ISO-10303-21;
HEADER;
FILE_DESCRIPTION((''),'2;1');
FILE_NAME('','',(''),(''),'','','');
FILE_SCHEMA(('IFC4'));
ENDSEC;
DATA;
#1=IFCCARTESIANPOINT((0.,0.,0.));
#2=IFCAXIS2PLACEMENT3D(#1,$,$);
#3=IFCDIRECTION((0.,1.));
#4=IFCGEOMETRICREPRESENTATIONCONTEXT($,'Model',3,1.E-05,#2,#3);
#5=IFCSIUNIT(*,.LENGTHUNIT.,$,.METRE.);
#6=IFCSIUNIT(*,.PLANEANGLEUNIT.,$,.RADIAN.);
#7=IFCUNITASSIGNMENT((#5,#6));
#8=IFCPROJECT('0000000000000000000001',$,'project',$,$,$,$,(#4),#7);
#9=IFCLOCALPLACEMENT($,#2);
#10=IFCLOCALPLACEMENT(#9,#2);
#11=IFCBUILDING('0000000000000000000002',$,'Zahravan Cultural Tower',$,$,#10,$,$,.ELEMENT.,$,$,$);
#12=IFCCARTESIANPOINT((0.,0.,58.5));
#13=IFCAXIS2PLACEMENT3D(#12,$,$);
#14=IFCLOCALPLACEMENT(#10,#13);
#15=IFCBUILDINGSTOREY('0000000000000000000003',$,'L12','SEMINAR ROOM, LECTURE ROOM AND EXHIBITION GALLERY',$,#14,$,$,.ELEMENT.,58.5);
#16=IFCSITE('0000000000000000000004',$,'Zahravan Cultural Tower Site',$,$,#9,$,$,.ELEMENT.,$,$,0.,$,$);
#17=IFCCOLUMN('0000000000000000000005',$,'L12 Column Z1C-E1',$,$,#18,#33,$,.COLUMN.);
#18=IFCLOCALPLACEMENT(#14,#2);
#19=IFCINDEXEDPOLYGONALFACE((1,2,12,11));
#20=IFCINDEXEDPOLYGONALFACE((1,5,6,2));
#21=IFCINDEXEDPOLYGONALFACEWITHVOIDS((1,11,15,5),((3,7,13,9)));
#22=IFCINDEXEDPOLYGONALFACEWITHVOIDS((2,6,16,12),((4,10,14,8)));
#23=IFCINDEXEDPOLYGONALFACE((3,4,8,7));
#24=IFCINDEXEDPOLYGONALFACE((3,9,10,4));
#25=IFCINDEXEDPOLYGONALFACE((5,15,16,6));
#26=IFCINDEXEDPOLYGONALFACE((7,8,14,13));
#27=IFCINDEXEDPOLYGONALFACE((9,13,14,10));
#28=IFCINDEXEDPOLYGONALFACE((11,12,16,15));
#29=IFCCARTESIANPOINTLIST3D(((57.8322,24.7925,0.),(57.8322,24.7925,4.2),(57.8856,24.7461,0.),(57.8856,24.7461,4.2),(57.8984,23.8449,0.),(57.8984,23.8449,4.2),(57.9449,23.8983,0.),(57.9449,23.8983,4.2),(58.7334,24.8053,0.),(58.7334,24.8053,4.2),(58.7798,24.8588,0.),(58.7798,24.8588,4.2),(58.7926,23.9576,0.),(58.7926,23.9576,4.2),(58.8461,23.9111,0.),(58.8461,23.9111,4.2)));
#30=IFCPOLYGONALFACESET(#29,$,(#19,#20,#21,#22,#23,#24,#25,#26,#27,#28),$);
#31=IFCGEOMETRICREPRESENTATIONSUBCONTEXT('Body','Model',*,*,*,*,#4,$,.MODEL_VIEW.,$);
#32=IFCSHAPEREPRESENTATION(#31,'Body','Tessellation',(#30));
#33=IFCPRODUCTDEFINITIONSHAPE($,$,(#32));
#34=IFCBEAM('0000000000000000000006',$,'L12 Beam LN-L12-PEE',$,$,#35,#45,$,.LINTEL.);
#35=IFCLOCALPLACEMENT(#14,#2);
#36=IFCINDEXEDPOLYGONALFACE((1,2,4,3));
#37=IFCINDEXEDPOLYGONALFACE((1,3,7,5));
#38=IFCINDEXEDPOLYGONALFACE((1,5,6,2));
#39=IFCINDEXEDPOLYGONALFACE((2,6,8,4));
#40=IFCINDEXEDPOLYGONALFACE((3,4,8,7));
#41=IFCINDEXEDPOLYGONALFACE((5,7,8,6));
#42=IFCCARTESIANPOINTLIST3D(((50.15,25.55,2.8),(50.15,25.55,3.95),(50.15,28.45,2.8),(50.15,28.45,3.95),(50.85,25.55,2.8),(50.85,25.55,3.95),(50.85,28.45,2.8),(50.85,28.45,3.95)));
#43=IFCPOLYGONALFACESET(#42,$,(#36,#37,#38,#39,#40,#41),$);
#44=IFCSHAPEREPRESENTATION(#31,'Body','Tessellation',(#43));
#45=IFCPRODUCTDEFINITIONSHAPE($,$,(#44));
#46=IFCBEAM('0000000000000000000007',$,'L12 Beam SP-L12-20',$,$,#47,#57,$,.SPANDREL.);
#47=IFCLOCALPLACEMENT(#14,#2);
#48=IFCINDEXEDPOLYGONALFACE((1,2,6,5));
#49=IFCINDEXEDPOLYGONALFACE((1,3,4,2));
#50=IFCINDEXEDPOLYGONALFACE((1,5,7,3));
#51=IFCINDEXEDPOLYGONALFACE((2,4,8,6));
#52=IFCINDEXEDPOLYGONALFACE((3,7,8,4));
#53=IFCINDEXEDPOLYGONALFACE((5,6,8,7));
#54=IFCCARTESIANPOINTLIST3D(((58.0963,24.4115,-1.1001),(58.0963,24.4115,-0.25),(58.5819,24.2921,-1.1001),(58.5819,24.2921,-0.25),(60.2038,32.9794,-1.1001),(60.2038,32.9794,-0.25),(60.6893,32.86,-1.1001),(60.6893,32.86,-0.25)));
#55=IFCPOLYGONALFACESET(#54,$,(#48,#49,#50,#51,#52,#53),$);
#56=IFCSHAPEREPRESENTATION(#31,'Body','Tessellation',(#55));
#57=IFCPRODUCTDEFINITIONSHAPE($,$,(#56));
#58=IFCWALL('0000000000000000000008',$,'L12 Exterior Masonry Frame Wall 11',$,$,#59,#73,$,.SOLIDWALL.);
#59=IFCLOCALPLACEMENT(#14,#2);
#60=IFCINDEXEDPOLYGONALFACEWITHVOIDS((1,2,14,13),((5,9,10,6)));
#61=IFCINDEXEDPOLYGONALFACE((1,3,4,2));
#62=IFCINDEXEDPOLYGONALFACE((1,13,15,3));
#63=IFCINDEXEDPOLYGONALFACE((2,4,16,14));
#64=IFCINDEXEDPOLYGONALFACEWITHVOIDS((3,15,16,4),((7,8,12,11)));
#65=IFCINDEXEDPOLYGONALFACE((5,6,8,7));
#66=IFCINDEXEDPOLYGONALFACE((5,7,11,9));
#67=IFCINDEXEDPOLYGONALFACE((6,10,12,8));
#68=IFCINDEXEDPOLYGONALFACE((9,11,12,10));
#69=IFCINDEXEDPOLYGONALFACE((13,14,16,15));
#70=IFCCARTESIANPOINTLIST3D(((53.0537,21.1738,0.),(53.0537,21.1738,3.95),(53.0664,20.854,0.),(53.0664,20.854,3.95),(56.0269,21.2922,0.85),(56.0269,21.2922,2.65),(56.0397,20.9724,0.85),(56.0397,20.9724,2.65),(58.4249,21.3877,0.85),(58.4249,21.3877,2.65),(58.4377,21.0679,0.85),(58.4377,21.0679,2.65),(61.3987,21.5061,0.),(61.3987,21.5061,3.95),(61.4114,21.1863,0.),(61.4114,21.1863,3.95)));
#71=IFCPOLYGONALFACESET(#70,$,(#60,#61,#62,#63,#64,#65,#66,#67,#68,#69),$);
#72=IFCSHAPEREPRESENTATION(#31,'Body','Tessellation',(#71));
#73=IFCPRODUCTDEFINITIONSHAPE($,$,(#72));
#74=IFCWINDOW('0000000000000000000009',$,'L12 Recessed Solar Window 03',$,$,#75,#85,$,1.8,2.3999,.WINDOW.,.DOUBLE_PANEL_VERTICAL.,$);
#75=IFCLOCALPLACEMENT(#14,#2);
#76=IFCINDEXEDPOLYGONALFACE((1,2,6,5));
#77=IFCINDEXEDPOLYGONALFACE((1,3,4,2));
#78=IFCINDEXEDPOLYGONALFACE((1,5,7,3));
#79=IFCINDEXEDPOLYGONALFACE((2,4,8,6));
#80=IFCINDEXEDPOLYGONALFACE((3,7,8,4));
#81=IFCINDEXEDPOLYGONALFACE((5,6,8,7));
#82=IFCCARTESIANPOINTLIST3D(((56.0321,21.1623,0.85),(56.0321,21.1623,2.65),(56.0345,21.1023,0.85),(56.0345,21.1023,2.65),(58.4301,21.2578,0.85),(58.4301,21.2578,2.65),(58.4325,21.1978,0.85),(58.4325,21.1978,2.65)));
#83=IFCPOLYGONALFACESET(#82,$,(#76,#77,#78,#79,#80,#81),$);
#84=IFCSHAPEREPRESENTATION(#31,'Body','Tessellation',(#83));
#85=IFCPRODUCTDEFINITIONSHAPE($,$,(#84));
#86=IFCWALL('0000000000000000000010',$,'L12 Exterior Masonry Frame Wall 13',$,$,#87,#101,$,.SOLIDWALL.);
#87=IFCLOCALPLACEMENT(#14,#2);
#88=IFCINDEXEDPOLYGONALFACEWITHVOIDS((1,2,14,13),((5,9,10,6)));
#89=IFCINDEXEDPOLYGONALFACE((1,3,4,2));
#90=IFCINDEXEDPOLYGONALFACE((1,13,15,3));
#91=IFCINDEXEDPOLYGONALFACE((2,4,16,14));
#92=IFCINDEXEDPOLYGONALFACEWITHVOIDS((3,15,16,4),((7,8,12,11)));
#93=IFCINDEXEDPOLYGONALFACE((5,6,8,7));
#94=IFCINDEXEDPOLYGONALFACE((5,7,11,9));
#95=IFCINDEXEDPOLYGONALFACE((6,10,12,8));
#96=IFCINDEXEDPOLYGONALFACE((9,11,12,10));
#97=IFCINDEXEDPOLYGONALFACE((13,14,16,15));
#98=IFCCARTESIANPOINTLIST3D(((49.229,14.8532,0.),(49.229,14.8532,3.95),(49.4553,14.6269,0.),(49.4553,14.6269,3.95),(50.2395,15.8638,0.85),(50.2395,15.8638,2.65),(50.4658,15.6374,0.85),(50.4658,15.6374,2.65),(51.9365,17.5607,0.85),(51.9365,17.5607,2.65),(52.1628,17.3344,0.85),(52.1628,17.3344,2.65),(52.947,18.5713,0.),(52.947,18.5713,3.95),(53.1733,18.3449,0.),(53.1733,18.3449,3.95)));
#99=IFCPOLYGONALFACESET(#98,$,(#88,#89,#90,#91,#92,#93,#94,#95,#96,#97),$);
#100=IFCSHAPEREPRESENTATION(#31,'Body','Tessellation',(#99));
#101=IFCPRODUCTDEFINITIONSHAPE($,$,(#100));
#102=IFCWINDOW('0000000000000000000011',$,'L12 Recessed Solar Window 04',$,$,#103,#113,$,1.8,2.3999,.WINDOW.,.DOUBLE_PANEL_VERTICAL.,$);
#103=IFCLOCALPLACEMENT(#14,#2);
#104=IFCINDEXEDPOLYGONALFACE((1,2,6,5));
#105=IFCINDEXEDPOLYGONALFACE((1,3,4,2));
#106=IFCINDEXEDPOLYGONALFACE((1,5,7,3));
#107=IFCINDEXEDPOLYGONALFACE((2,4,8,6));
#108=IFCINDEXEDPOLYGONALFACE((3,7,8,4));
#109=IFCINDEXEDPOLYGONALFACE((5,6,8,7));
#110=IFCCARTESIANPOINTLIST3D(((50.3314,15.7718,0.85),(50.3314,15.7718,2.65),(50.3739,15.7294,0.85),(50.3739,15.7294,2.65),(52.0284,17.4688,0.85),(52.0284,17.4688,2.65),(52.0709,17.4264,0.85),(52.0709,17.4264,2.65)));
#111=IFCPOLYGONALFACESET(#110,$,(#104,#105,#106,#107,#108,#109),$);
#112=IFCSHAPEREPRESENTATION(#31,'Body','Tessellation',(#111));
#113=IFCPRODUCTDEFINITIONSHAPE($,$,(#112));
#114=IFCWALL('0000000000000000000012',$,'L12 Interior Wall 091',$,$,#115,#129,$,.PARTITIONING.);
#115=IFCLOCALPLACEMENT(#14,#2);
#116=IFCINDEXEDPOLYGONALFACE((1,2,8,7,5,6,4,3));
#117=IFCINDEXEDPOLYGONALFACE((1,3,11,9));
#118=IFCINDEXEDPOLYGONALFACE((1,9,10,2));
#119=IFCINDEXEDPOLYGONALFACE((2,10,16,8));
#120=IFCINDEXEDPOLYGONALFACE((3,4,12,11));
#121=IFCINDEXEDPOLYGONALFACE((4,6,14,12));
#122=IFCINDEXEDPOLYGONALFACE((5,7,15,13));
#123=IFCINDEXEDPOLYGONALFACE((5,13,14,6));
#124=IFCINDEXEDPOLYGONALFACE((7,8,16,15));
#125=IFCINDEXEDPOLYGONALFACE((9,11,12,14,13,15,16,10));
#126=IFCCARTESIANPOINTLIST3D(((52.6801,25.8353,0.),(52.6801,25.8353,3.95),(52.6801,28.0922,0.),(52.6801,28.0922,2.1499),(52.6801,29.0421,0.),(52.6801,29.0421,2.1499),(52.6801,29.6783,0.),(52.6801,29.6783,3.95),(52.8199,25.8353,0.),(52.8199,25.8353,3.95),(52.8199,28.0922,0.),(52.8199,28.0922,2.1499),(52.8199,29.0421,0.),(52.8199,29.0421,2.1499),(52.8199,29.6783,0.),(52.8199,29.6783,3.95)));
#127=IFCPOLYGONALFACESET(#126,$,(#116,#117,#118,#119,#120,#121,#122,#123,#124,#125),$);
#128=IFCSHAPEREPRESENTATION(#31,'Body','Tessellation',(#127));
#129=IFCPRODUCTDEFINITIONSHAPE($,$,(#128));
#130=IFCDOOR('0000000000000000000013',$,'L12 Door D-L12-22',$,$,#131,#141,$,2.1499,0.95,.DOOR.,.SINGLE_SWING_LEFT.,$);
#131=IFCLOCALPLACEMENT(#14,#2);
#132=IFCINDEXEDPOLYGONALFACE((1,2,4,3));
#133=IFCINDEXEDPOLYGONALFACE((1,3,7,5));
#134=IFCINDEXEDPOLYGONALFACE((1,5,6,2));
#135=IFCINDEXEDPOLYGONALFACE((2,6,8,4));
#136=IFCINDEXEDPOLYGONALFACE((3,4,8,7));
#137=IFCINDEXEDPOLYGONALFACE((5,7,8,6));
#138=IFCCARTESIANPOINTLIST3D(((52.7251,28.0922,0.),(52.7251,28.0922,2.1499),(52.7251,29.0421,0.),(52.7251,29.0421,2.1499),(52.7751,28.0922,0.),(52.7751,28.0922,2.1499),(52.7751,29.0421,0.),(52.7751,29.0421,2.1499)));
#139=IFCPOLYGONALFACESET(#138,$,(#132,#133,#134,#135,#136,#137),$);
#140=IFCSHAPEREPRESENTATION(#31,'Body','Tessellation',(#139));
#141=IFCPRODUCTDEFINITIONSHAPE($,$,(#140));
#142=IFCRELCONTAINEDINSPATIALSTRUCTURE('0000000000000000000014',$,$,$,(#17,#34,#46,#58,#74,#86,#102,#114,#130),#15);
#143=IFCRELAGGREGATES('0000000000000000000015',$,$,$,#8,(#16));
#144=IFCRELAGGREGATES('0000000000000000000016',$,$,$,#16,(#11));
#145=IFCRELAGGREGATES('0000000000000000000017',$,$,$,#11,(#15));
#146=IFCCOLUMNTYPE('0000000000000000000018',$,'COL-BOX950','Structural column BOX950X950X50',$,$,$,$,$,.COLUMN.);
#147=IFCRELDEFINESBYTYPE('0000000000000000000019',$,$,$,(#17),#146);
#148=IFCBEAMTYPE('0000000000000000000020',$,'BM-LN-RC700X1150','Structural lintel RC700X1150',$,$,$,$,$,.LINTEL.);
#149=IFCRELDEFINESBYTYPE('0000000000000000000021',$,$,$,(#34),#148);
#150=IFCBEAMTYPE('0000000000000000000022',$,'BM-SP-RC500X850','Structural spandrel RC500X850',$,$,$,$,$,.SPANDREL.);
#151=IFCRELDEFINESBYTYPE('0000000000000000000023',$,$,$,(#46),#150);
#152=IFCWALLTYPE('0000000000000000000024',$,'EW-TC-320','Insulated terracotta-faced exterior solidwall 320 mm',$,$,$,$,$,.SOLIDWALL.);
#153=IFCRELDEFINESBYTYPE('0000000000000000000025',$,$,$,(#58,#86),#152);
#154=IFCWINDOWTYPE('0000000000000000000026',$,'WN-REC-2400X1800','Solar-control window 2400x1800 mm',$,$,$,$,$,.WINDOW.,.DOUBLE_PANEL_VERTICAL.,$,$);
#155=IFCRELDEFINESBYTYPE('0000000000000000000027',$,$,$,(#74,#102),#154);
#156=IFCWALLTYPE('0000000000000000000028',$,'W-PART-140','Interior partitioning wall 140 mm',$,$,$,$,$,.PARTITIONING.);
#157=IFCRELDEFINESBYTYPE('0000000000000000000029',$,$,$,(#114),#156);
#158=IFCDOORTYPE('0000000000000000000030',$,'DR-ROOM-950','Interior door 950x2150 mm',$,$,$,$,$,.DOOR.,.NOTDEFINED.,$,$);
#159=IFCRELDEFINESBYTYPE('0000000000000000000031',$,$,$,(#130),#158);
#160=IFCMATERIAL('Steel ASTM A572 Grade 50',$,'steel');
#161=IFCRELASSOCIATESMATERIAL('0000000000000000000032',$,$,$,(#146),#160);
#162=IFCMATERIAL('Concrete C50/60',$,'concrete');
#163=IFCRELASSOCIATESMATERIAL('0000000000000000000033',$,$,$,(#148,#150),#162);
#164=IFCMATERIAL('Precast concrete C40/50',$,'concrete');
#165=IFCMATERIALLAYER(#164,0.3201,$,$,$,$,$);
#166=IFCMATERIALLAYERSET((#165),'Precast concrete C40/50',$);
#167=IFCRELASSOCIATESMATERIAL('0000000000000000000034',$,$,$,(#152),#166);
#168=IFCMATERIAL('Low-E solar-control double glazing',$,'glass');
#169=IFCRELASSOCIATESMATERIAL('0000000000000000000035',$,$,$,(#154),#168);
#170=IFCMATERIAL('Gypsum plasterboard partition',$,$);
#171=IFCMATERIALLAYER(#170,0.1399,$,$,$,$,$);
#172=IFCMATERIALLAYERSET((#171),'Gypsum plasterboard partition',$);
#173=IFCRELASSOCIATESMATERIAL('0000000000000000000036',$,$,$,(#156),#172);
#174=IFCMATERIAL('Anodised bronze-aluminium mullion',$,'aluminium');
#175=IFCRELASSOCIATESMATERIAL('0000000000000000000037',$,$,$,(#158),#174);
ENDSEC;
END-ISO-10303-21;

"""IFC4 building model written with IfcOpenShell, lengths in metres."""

from ifc_helpers import new_model, si_unit, direction, frame, frame_2d, origin, origin_2d, place, context, subcontext, project, spatial, rectangle, hollow_rectangle, extrude, source, transform, mapped, material, layer, layer_set, material_profile, profile_set, type_object, element, fill, save


model = new_model("IFC4")

# Units and contexts
model_context = context("Model", 3, precision=1e-05, world=origin(), true_north=direction((0.0, 1.0)))
body_context = subcontext(model_context, "Body", "Model", "MODEL_VIEW")
ifc_project = project(units=[si_unit("LENGTHUNIT", "METRE"), si_unit("PLANEANGLEUNIT", "RADIAN")], contexts=[model_context])

# Site, building, storey
site_placement = place(None, origin())
site = spatial("IfcSite", under=ifc_project, at=site_placement, Name="Zahravan Cultural Tower Site", CompositionType="ELEMENT", RefElevation=0.0)
building_placement = place(site_placement, origin())
building = spatial("IfcBuilding", under=site, at=building_placement, Name="Zahravan Cultural Tower", CompositionType="ELEMENT")
storey_placement = place(building_placement, frame((0.0, 0.0, 58.5)))
storey = spatial("IfcBuildingStorey", under=building, at=storey_placement, Name="L12", Description="SEMINAR ROOM, LECTURE ROOM AND EXHIBITION GALLERY", CompositionType="ELEMENT", Elevation=58.5)

# Column
ifc_material_1 = material(Name="Steel ASTM A572 Grade 50", Category="steel")
ifc_material_profile_1 = material_profile(ifc_material_1, hollow_rectangle(XDim=0.95, YDim=0.95, WallThickness=0.05, at=origin_2d()), Name="BOX950X950X50")
ifc_profile_set_1 = profile_set([ifc_material_profile_1], Name="Steel ASTM A572 Grade 50")
column_type = type_object("IfcColumnType", Name="COL-BOX950", Description="Structural column BOX950X950X50", PredefinedType="COLUMN", material=ifc_profile_set_1)
shared_shape_1 = source(origin(), body_context, "Body", "SweptSolid", [
    extrude(hollow_rectangle(XDim=0.95, YDim=0.95, WallThickness=0.05, at=origin_2d()), origin(), (0.0, 0.0, 1.0), 4.2),
])
column_placement = place(storey_placement, frame((58.3391, 24.3518, 0.0), z_axis=(0.0, 0.0, 1.0), x_axis=(0.997564, 0.069756, 0.0)))
element("IfcColumn", 1, at=column_placement, inside=storey, type_object=column_type, Name="L12 Column Z1C-E1", PredefinedType="COLUMN", context=body_context, shape_type="MappedRepresentation", body=[
    mapped(shared_shape_1, transform((0.0, 0.0, 0.0), x_axis=(1.0, 0.0, 0.0), y_axis=(0.0, 1.0, 0.0), z_axis=(0.0, 0.0, 1.0), scale=1.0)),
])

# Beams
ifc_material_2 = material(Name="Concrete C50/60", Category="concrete")
ifc_material_profile_2 = material_profile(ifc_material_2, rectangle(XDim=0.7, YDim=1.1499, at=origin_2d()), Name="RC700X1150")
ifc_profile_set_2 = profile_set([ifc_material_profile_2], Name="Concrete C50/60")
beam_type_1 = type_object("IfcBeamType", Name="BM-LN-RC700X1150", Description="Structural lintel RC700X1150", PredefinedType="LINTEL", material=ifc_profile_set_2)
shared_shape_2 = source(origin(), body_context, "Body", "SweptSolid", [
    extrude(rectangle(XDim=0.7, YDim=1.1499, at=origin_2d()), origin(), (0.0, 0.0, 1.0), 2.8999),
])
beam_1_placement = place(storey_placement, frame((50.5, 25.55, 3.375), z_axis=(0.0, 1.0, 0.0), x_axis=(-1.0, 0.0, 0.0)))
element("IfcBeam", 2, at=beam_1_placement, inside=storey, type_object=beam_type_1, Name="L12 Beam LN-L12-PEE", PredefinedType="LINTEL", context=body_context, shape_type="MappedRepresentation", body=[
    mapped(shared_shape_2, transform((0.0, 0.0, 0.0), x_axis=(1.0, 0.0, 0.0), y_axis=(0.0, 1.0, 0.0), z_axis=(0.0, 0.0, 1.0), scale=1.0)),
])
ifc_material_profile_3 = material_profile(ifc_material_2, rectangle(XDim=0.5, YDim=0.8501, at=origin_2d()), Name="RC500X850")
ifc_profile_set_3 = profile_set([ifc_material_profile_3], Name="Concrete C50/60")
beam_type_2 = type_object("IfcBeamType", Name="BM-SP-RC500X850", Description="Structural spandrel RC500X850", PredefinedType="SPANDREL", material=ifc_profile_set_3)
shared_shape_3 = source(origin(), body_context, "Body", "SweptSolid", [
    extrude(rectangle(XDim=0.5, YDim=0.8501, at=origin_2d()), origin(), (0.0, 0.0, 1.0), 8.8232),
])
beam_2_placement = place(storey_placement, frame((58.3391, 24.3518, -0.675), z_axis=(0.238849, 0.971057, 0.0), x_axis=(-0.971057, 0.238849, 0.0)))
element("IfcBeam", 3, at=beam_2_placement, inside=storey, type_object=beam_type_2, Name="L12 Beam SP-L12-20", PredefinedType="SPANDREL", context=body_context, shape_type="MappedRepresentation", body=[
    mapped(shared_shape_3, transform((0.0, 0.0, 0.0), x_axis=(1.0, 0.0, 0.0), y_axis=(0.0, 1.0, 0.0), z_axis=(0.0, 0.0, 1.0), scale=1.0)),
])

# Walls, openings, windows
ifc_material_3 = material(Name="Precast concrete C40/50", Category="concrete")
ifc_layer_1 = layer(ifc_material_3, 0.3201)
ifc_layer_set_1 = layer_set([ifc_layer_1], Name="Precast concrete C40/50")
wall_type_1 = type_object("IfcWallType", Name="EW-TC-320", Description="Insulated terracotta-faced exterior solidwall 320 mm", PredefinedType="SOLIDWALL", material=ifc_layer_set_1)
wall_1_placement = place(storey_placement, frame((61.405, 21.3462, 0.0), z_axis=(0.0, 0.0, 1.0), x_axis=(-0.999208, -0.039786, 0.0)))
wall_1 = element("IfcWall", 4, at=wall_1_placement, inside=storey, type_object=wall_type_1, Name="L12 Exterior Masonry Frame Wall 11", PredefinedType="SOLIDWALL", context=body_context, shape_type="SweptSolid", body=[
    extrude(rectangle(XDim=8.3516, YDim=0.3201, at=frame_2d((4.1758, 0.0))), origin(), (0.0, 0.0, 1.0), 3.95),
])
opening_1_placement = place(wall_1_placement, frame((2.9761, 0.0, 0.8501)))
opening_1 = element("IfcOpeningElement", 5, at=opening_1_placement, cuts=wall_1, PredefinedType="OPENING", context=body_context, shape_type="SweptSolid", body=[
    extrude(rectangle(XDim=2.3999, YDim=1.8, at=frame_2d((1.2, 0.8999))), frame((0.0, 0.1699, 0.0), z_axis=(0.0, -1.0, 0.0), x_axis=(1.0, 0.0, 0.0)), (0.0, 0.0, 1.0), 0.3401),
])
ifc_material_4 = material(Name="Low-E solar-control double glazing", Category="glass")
window_type = type_object("IfcWindowType", Name="WN-REC-2400X1800", Description="Solar-control window 2400x1800 mm", PartitioningType="DOUBLE_PANEL_VERTICAL", PredefinedType="WINDOW", material=ifc_material_4)
shared_shape_4 = source(origin(), body_context, "Body", "SweptSolid", [
    extrude(rectangle(XDim=2.3999, YDim=1.8, at=frame_2d((1.2, 0.8999))), frame((0.0, 0.03, 0.0), z_axis=(0.0, -1.0, 0.0), x_axis=(1.0, 0.0, 0.0)), (0.0, 0.0, 1.0), 0.0601),
])
window_1_placement = place(opening_1_placement, origin())
window_1 = element("IfcWindow", 6, at=window_1_placement, inside=storey, type_object=window_type, Name="L12 Recessed Solar Window 03", OverallHeight=1.8, OverallWidth=2.3999, PartitioningType="DOUBLE_PANEL_VERTICAL", PredefinedType="WINDOW", context=body_context, shape_type="MappedRepresentation", body=[
    mapped(shared_shape_4, transform((0.0, 0.0, 0.0), x_axis=(1.0, 0.0, 0.0), y_axis=(0.0, 1.0, 0.0), z_axis=(0.0, 0.0, 1.0), scale=1.0)),
])
fill(opening_1, window_1)
wall_2_placement = place(storey_placement, frame((53.0601, 18.458, 0.0), z_axis=(0.0, 0.0, 1.0), x_axis=(-0.707107, -0.707107, 0.0)))
wall_2 = element("IfcWall", 7, at=wall_2_placement, inside=storey, type_object=wall_type_1, Name="L12 Exterior Masonry Frame Wall 13", PredefinedType="SOLIDWALL", context=body_context, shape_type="SweptSolid", body=[
    extrude(rectangle(XDim=5.2581, YDim=0.3201, at=frame_2d((2.6289, 0.0))), origin(), (0.0, 0.0, 1.0), 3.95),
])
opening_2_placement = place(wall_2_placement, frame((1.429, 0.0, 0.8501)))
opening_2 = element("IfcOpeningElement", 8, at=opening_2_placement, cuts=wall_2, PredefinedType="OPENING", context=body_context, shape_type="SweptSolid", body=[
    extrude(rectangle(XDim=2.3999, YDim=1.8, at=frame_2d((1.2, 0.8999))), frame((0.0, 0.1699, 0.0), z_axis=(0.0, -1.0, 0.0), x_axis=(1.0, 0.0, 0.0)), (0.0, 0.0, 1.0), 0.3401),
])
window_2_placement = place(opening_2_placement, origin())
window_2 = element("IfcWindow", 9, at=window_2_placement, inside=storey, type_object=window_type, Name="L12 Recessed Solar Window 04", OverallHeight=1.8, OverallWidth=2.3999, PartitioningType="DOUBLE_PANEL_VERTICAL", PredefinedType="WINDOW", context=body_context, shape_type="MappedRepresentation", body=[
    mapped(shared_shape_4, transform((0.0, 0.0, 0.0), x_axis=(1.0, 0.0, 0.0), y_axis=(0.0, 1.0, 0.0), z_axis=(0.0, 0.0, 1.0), scale=1.0)),
])
fill(opening_2, window_2)

# Wall, opening, door
ifc_material_5 = material(Name="Gypsum plasterboard partition")
ifc_layer_2 = layer(ifc_material_5, 0.1399)
ifc_layer_set_2 = layer_set([ifc_layer_2], Name="Gypsum plasterboard partition")
wall_type_2 = type_object("IfcWallType", Name="W-PART-140", Description="Interior partitioning wall 140 mm", PredefinedType="PARTITIONING", material=ifc_layer_set_2)
wall_3_placement = place(storey_placement, frame((52.75, 25.8354, 0.0), z_axis=(0.0, 0.0, 1.0), x_axis=(0.0, 1.0, 0.0)))
wall_3 = element("IfcWall", 10, at=wall_3_placement, inside=storey, type_object=wall_type_2, Name="L12 Interior Wall 091", PredefinedType="PARTITIONING", context=body_context, shape_type="SweptSolid", body=[
    extrude(rectangle(XDim=3.843, YDim=0.1399, at=frame_2d((1.9214, 0.0))), origin(), (0.0, 0.0, 1.0), 3.95),
])
opening_3_placement = place(wall_3_placement, frame((2.2566, 0.0, 0.0)))
opening_3 = element("IfcOpeningElement", 11, at=opening_3_placement, cuts=wall_3, PredefinedType="OPENING", context=body_context, shape_type="SweptSolid", body=[
    extrude(rectangle(XDim=0.95, YDim=2.1499, at=frame_2d((0.4751, 1.075))), frame((0.0, 0.0798, 0.0), z_axis=(0.0, -1.0, 0.0), x_axis=(1.0, 0.0, 0.0)), (0.0, 0.0, 1.0), 0.1599),
])
ifc_material_6 = material(Name="Anodised bronze-aluminium mullion", Category="aluminium")
door_type = type_object("IfcDoorType", Name="DR-ROOM-950", Description="Interior door 950x2150 mm", OperationType="NOTDEFINED", PredefinedType="DOOR", material=ifc_material_6)
shared_shape_5 = source(origin(), body_context, "Body", "SweptSolid", [
    extrude(rectangle(XDim=0.95, YDim=2.1499, at=frame_2d((0.4751, 1.075))), frame((0.0, 0.0249, 0.0), z_axis=(0.0, -1.0, 0.0), x_axis=(1.0, 0.0, 0.0)), (0.0, 0.0, 1.0), 0.05),
])
door_1_placement = place(opening_3_placement, origin())
door_1 = element("IfcDoor", 12, at=door_1_placement, inside=storey, type_object=door_type, Name="L12 Door D-L12-22", OperationType="SINGLE_SWING_LEFT", OverallHeight=2.1499, OverallWidth=0.95, PredefinedType="DOOR", context=body_context, shape_type="MappedRepresentation", body=[
    mapped(shared_shape_5, transform((0.0, 0.0, 0.0), x_axis=(1.0, 0.0, 0.0), y_axis=(0.0, 1.0, 0.0), z_axis=(0.0, 0.0, 1.0), scale=1.0)),
])
fill(opening_3, door_1)

save(model, "model.ifc")
